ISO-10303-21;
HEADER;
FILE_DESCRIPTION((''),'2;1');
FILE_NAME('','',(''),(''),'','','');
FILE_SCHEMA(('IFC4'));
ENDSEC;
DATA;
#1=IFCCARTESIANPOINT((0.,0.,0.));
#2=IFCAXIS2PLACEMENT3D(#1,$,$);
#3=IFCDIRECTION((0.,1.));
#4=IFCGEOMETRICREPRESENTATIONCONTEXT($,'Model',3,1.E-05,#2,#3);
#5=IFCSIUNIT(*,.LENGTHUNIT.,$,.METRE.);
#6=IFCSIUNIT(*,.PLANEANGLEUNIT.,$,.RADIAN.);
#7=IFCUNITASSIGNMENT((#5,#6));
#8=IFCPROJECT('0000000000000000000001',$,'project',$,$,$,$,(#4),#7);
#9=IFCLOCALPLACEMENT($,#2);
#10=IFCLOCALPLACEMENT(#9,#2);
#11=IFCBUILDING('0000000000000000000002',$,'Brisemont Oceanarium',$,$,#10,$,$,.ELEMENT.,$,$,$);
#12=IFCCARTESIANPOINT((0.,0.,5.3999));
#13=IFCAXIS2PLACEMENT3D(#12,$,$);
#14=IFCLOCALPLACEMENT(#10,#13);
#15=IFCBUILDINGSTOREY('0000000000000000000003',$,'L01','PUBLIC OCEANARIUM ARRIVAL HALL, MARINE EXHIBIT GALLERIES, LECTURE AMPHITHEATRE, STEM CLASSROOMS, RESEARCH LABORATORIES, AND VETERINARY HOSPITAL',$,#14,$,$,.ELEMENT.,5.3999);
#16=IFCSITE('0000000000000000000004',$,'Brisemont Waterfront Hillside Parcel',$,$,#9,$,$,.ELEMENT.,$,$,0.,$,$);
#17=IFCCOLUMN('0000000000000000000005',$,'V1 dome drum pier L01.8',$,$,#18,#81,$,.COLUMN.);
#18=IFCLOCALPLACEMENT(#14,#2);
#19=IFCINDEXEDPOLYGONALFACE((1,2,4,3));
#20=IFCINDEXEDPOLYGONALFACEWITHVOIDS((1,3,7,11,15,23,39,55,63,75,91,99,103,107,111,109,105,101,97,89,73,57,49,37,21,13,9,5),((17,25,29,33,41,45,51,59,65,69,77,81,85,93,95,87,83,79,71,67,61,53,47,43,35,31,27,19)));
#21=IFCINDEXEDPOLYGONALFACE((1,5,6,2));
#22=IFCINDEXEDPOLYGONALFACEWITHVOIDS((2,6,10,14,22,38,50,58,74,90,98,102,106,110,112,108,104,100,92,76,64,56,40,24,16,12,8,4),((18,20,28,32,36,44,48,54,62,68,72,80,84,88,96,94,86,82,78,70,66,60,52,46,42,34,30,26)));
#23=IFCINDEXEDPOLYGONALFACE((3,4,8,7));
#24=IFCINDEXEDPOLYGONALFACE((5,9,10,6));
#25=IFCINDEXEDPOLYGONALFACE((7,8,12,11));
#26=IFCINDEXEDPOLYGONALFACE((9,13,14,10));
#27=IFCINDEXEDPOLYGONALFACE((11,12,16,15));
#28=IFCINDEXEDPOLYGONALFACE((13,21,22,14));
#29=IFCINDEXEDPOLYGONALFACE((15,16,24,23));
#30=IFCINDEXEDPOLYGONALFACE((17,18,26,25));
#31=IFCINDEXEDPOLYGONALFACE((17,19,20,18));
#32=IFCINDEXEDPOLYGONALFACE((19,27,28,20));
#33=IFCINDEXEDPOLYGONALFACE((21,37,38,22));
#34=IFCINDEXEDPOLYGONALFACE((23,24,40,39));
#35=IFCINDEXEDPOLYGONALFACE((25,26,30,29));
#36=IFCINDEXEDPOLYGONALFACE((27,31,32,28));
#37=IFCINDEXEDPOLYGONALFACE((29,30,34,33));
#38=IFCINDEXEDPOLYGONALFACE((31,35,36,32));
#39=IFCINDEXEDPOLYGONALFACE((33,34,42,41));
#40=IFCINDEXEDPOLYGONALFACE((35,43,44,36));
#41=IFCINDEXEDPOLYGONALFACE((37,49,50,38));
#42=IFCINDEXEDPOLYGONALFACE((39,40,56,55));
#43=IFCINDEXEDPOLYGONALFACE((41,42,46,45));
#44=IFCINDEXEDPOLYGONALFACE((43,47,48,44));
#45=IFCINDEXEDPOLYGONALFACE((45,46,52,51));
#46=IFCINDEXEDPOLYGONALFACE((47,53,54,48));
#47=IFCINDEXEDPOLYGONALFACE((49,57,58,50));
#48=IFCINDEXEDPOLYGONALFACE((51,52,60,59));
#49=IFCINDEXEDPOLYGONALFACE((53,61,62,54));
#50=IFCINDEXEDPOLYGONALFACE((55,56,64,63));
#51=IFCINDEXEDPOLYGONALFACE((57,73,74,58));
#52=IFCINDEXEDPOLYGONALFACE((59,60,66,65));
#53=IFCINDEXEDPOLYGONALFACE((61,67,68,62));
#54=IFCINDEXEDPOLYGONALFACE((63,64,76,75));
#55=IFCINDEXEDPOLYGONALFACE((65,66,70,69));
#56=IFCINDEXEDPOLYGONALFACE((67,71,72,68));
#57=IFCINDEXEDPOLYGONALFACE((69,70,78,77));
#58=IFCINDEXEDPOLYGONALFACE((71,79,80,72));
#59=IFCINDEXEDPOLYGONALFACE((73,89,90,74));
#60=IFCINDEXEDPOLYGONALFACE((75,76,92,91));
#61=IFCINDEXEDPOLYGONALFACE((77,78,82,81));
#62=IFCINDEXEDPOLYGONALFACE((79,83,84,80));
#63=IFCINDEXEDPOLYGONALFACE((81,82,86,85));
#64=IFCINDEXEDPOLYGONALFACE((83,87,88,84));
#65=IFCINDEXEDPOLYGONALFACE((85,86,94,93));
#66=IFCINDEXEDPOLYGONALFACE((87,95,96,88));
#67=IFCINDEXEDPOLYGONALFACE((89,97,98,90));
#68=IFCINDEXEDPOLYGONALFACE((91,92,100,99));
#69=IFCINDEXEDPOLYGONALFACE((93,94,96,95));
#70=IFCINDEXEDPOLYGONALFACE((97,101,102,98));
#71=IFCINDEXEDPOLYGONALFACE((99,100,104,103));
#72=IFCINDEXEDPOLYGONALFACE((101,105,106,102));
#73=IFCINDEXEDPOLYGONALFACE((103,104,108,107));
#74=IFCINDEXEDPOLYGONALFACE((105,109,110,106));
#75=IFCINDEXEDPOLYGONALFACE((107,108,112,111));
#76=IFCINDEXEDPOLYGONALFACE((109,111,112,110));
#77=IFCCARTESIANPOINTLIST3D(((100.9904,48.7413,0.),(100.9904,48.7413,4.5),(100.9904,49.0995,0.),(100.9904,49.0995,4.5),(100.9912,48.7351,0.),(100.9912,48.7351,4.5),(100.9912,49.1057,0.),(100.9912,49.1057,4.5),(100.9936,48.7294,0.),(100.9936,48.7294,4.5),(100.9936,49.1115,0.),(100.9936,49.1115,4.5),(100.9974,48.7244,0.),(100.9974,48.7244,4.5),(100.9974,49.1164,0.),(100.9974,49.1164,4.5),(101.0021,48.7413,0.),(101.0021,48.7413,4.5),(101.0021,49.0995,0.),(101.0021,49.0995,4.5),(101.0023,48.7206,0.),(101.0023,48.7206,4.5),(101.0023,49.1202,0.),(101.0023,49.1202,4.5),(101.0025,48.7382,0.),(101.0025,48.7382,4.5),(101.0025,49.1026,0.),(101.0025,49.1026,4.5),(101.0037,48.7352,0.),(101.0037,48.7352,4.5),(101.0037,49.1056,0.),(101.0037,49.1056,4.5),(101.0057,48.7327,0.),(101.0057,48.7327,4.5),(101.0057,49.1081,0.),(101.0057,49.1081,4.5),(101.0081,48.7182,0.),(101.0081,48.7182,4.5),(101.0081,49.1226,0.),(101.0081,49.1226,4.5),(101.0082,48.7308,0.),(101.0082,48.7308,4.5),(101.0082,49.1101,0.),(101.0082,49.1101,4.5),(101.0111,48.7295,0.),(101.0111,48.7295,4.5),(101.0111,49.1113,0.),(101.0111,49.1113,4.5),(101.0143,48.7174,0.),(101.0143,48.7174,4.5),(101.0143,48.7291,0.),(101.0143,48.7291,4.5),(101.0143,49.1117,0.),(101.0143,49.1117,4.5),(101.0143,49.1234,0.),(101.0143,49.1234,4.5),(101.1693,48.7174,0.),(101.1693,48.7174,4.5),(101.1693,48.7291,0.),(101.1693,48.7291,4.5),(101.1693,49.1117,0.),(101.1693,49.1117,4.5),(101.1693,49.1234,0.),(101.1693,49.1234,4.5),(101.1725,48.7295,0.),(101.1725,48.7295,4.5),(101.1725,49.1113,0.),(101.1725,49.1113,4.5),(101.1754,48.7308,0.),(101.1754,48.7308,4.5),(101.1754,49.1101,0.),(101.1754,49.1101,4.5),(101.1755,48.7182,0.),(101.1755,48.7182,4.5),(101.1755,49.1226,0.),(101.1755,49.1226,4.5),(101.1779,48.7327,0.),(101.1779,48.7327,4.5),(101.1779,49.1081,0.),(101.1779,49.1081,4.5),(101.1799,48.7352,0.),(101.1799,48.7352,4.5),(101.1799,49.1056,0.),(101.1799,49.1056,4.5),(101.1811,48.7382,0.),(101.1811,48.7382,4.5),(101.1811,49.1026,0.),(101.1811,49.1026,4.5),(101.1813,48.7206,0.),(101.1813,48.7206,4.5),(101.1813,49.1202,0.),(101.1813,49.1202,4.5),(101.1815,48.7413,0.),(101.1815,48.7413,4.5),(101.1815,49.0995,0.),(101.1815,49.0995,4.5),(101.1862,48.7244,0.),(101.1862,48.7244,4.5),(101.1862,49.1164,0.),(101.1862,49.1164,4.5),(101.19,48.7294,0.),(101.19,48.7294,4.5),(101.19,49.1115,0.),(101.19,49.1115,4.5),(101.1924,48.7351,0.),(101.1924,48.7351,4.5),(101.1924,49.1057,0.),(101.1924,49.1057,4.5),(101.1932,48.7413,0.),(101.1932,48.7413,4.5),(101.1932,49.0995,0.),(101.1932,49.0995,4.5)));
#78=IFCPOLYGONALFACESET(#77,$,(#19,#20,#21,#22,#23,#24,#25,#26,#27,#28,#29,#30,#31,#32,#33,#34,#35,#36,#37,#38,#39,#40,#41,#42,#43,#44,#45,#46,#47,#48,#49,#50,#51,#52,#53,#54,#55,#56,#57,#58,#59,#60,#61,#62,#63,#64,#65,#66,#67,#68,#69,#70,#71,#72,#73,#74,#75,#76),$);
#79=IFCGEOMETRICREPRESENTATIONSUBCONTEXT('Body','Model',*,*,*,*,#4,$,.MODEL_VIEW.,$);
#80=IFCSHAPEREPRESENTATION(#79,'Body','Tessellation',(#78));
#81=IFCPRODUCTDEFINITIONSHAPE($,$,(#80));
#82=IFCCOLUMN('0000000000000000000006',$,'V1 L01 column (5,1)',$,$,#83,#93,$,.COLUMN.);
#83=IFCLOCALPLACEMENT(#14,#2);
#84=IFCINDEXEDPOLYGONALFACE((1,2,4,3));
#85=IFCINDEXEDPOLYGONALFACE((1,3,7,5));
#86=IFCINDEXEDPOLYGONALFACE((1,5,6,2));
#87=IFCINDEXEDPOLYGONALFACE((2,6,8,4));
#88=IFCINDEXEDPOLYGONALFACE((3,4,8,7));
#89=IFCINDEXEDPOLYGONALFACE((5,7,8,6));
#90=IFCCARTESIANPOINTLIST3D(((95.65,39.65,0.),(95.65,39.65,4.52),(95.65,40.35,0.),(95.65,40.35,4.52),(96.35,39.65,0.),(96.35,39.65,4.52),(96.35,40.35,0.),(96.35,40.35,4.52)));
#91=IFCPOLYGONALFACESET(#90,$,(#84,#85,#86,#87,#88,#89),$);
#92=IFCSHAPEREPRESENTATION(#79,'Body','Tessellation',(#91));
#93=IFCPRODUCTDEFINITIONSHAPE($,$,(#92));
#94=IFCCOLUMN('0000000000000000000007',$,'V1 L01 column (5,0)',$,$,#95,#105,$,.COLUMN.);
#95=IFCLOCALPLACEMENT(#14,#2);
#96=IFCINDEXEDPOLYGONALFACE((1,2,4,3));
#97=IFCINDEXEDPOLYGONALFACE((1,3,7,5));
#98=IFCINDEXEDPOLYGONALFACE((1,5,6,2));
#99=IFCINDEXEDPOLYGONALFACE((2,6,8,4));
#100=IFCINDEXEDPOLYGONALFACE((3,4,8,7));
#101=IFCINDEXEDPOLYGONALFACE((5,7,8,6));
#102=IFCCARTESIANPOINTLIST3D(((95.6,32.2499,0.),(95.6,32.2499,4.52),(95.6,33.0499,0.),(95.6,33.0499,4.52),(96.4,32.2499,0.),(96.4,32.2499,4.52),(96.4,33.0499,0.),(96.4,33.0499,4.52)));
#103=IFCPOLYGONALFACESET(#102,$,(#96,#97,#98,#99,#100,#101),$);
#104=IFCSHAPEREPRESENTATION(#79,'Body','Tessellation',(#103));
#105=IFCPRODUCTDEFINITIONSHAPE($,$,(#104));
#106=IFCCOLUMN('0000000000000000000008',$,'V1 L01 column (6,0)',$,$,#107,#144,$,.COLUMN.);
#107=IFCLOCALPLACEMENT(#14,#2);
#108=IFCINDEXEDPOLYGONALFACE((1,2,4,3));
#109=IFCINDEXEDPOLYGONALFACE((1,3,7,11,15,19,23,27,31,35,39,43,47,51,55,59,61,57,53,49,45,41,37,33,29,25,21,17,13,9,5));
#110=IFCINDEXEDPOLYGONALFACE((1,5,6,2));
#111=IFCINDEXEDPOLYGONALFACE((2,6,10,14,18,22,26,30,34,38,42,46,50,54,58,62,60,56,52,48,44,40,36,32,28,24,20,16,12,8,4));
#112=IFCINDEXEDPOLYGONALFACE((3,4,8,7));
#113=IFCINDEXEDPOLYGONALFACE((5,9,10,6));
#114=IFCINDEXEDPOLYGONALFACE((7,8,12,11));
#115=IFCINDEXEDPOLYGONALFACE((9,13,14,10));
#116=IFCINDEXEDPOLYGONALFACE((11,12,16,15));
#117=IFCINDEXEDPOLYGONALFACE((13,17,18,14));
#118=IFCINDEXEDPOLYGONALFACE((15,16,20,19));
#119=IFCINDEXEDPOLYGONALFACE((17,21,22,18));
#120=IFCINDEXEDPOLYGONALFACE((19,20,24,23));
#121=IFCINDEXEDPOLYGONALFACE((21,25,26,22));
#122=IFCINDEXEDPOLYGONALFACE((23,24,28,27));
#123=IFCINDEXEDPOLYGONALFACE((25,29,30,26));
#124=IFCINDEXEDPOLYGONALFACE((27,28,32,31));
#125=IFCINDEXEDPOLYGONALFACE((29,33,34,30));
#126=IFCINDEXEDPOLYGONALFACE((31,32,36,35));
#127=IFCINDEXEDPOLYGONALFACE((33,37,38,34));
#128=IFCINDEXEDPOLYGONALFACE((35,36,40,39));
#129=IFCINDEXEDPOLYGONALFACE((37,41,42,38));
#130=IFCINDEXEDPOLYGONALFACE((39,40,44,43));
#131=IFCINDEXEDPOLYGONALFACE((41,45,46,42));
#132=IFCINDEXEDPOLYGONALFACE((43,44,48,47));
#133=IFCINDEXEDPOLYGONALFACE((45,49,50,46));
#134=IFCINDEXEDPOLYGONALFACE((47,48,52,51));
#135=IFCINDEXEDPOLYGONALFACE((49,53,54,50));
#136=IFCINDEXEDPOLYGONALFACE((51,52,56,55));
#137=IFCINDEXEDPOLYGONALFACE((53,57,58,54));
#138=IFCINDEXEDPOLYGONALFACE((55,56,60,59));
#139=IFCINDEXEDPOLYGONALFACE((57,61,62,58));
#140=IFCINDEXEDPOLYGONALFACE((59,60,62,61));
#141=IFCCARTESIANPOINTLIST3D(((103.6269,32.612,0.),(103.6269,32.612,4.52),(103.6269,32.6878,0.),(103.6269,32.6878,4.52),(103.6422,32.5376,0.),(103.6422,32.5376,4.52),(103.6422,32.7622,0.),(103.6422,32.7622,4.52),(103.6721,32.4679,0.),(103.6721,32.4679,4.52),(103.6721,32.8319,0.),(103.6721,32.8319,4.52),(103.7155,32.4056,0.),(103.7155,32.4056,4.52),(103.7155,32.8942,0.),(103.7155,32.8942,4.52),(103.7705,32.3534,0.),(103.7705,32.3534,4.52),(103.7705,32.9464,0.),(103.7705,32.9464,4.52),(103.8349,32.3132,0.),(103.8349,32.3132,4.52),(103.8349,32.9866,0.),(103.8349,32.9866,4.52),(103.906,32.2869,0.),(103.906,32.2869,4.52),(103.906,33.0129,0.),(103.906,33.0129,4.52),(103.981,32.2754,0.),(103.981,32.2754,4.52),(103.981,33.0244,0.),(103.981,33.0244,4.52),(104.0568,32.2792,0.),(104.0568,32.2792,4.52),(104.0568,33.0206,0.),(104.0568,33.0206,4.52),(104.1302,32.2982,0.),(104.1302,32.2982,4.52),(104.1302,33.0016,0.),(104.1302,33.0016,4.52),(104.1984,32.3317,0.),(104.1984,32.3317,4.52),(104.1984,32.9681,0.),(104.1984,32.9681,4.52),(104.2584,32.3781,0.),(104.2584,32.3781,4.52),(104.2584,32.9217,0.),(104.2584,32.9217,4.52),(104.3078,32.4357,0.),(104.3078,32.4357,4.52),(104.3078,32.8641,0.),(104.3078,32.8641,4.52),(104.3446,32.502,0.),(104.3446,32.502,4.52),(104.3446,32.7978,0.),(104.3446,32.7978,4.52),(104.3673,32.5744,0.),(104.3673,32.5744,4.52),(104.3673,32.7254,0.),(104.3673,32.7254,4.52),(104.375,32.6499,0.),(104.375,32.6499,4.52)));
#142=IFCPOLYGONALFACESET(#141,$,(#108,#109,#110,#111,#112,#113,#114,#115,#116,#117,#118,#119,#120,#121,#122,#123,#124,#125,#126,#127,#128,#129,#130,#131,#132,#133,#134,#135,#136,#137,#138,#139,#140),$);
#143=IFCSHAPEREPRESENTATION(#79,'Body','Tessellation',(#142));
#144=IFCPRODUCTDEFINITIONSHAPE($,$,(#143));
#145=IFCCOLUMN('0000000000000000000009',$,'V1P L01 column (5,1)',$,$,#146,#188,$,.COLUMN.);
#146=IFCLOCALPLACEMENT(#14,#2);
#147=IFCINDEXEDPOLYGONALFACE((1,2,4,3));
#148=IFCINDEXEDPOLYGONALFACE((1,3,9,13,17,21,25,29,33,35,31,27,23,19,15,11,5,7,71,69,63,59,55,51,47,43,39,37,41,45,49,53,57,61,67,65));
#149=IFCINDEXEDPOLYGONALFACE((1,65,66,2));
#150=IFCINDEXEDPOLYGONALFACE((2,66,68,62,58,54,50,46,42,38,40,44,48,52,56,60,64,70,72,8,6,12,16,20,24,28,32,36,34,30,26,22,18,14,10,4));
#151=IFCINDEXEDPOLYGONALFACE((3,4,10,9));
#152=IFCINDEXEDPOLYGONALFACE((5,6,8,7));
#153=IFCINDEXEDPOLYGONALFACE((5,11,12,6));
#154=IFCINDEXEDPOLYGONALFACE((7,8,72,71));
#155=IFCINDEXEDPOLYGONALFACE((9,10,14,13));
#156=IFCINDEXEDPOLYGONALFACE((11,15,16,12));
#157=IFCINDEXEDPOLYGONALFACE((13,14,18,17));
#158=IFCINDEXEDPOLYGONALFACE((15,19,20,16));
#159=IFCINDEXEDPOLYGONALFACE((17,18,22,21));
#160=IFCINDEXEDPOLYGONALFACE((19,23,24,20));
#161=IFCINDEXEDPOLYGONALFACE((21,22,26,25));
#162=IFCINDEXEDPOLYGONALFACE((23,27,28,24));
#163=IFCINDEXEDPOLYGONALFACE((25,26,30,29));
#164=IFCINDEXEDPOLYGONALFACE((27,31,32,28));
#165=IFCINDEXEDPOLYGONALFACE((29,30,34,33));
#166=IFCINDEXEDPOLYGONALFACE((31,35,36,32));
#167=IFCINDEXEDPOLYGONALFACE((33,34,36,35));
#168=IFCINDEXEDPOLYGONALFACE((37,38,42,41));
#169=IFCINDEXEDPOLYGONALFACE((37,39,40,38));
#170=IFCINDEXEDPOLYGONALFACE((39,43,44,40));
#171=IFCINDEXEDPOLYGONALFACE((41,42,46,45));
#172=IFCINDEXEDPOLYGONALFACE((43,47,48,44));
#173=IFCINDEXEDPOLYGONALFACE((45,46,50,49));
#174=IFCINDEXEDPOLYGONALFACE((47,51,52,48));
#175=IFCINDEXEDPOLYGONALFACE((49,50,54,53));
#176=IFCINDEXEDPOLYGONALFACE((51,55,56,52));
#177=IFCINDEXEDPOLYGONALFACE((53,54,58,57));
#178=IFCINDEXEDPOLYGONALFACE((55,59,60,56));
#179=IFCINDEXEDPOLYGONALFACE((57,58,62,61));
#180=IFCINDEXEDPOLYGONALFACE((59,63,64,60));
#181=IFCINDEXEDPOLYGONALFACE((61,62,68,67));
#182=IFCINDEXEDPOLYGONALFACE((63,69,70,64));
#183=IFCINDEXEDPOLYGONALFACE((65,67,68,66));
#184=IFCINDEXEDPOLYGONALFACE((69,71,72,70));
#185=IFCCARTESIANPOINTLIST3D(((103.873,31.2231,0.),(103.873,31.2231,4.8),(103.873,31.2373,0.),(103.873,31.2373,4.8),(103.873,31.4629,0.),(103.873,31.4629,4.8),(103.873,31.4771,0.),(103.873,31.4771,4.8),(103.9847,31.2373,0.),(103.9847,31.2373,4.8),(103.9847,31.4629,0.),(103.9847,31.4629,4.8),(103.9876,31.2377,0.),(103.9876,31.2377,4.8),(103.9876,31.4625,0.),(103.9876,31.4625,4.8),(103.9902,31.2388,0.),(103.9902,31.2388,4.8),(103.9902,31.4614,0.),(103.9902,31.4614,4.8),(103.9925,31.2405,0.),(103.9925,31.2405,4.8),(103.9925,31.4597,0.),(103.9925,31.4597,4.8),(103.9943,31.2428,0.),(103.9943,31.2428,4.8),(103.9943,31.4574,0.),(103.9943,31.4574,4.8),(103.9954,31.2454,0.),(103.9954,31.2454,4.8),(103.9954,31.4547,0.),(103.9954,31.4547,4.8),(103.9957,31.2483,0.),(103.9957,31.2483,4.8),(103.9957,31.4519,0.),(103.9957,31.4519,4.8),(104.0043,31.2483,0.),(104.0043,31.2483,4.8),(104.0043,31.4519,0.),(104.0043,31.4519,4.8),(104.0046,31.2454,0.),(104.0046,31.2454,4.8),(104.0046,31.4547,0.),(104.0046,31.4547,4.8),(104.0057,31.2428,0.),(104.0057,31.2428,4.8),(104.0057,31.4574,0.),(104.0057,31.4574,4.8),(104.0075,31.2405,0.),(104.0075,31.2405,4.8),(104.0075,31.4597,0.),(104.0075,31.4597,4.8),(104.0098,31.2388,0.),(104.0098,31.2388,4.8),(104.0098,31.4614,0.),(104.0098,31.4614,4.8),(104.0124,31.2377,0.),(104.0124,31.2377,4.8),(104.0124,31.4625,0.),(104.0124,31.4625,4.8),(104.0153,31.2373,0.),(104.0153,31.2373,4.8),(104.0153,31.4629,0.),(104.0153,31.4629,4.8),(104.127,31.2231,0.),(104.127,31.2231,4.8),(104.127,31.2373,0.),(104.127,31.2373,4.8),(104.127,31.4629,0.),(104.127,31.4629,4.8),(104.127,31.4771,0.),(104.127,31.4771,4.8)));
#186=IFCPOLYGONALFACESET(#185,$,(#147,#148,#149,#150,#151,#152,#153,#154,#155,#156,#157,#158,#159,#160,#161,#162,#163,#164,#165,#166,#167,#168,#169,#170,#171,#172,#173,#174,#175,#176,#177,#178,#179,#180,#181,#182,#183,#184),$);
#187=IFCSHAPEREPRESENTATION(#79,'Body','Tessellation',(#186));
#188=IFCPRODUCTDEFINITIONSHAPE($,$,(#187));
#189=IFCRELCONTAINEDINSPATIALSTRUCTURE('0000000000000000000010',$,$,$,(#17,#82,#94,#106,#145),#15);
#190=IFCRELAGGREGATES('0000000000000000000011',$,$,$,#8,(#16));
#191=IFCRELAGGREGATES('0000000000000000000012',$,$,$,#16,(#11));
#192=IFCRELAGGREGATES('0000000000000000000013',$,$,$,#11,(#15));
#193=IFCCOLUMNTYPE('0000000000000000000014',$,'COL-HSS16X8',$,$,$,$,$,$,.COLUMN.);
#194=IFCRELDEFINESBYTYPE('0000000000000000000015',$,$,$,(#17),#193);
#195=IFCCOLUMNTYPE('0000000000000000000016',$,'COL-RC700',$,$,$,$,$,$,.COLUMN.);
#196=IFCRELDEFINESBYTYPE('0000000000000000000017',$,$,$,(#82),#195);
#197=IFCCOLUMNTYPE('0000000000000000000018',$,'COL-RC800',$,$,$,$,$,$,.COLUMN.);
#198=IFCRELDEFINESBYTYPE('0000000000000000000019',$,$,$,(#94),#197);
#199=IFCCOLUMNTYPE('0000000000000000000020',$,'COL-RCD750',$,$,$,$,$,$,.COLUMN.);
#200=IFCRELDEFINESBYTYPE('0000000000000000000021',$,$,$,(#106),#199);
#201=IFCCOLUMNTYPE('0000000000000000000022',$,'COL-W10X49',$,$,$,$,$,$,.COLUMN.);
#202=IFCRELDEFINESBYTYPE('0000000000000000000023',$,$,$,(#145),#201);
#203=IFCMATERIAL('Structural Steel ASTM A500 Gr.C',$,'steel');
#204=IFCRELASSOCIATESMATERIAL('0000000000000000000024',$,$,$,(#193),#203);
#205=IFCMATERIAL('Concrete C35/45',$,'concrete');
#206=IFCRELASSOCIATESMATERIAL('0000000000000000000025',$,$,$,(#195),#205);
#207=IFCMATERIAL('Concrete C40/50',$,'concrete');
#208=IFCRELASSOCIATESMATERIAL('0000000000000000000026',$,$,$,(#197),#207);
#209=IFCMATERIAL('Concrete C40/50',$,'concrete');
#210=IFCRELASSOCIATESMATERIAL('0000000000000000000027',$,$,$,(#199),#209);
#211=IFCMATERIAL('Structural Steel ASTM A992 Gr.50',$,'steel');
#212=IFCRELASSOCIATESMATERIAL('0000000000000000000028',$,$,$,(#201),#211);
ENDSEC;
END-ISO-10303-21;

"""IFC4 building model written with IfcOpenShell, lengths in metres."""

from ifc_helpers import new_model, si_unit, direction, frame, origin, origin_2d, place, context, subcontext, project, spatial, rectangle, hollow_rectangle, circle, i_section, extrude, material, material_profile, profile_set, type_object, element, save


model = new_model("IFC4")

# Units and contexts
model_context = context("Model", 3, precision=1e-05, world=origin(), true_north=direction((0.0, 1.0)))
body_context = subcontext(model_context, "Body", "Model", "MODEL_VIEW")
ifc_project = project(units=[si_unit("LENGTHUNIT", "METRE"), si_unit("PLANEANGLEUNIT", "RADIAN")], contexts=[model_context])

# Site, building, storey
site_placement = place(None, origin())
site = spatial("IfcSite", under=ifc_project, at=site_placement, Name="Brisemont Waterfront Hillside Parcel", CompositionType="ELEMENT", RefElevation=0.0)
building_placement = place(site_placement, origin())
building = spatial("IfcBuilding", under=site, at=building_placement, Name="Brisemont Oceanarium", CompositionType="ELEMENT")
storey_placement = place(building_placement, frame((0.0, 0.0, 5.3999)))
storey = spatial("IfcBuildingStorey", under=building, at=storey_placement, Name="L01", Description="PUBLIC OCEANARIUM ARRIVAL HALL, MARINE EXHIBIT GALLERIES, LECTURE AMPHITHEATRE, STEM CLASSROOMS, RESEARCH LABORATORIES, AND VETERINARY HOSPITAL", CompositionType="ELEMENT", Elevation=5.3999)

# Columns
ifc_material_1 = material(Name="Structural Steel ASTM A500 Gr.C", Category="steel")
ifc_material_profile_1 = material_profile(ifc_material_1, hollow_rectangle(XDim=0.2029, YDim=0.406, WallThickness=0.0117, InnerFilletRadius=0.0122, OuterFilletRadius=0.0239, at=origin_2d()), Name="HSS16X8X1/2")
ifc_profile_set_1 = profile_set([ifc_material_profile_1], Name="Structural Steel ASTM A500 Gr.C")
column_type_1 = type_object("IfcColumnType", Name="COL-HSS16X8", PredefinedType="COLUMN", material=ifc_profile_set_1)
for number, where, z_axis, x_axis, name in (
    (1, (101.0918, 48.9204, 0.0), (0.0, 0.0, 1.0), (1.0, 0.0, 0.0), "V1 dome drum pier L01.8"),
):
    element("IfcColumn", number, at=place(storey_placement, frame(where, z_axis=z_axis, x_axis=x_axis)), inside=storey, type_object=column_type_1, Name=name, PredefinedType="COLUMN", context=body_context, shape_type="SweptSolid", body=[
        extrude(hollow_rectangle(XDim=0.2029, YDim=0.406, WallThickness=0.0117, InnerFilletRadius=0.0122, OuterFilletRadius=0.0239, at=origin_2d()), origin(), (0.0, 0.0, 1.0), 4.5),
    ])
ifc_material_2 = material(Name="Concrete C35/45", Category="concrete")
ifc_material_profile_2 = material_profile(ifc_material_2, rectangle(XDim=0.7, YDim=0.7, at=origin_2d()), Name="RC-COL-700X700")
ifc_profile_set_2 = profile_set([ifc_material_profile_2], Name="Concrete C35/45")
column_type_2 = type_object("IfcColumnType", Name="COL-RC700", PredefinedType="COLUMN", material=ifc_profile_set_2)
column_1_placement = place(storey_placement, frame((96.0, 40.0, 0.0), z_axis=(0.0, 0.0, 1.0), x_axis=(1.0, 0.0, 0.0)))
element("IfcColumn", 2, at=column_1_placement, inside=storey, type_object=column_type_2, Name="V1 L01 column (5,1)", PredefinedType="COLUMN", context=body_context, shape_type="SweptSolid", body=[
    extrude(rectangle(XDim=0.7, YDim=0.7, at=origin_2d()), origin(), (0.0, 0.0, 1.0), 4.52),
])
ifc_material_3 = material(Name="Concrete C40/50", Category="concrete")
ifc_material_profile_3 = material_profile(ifc_material_3, rectangle(XDim=0.8, YDim=0.8, at=origin_2d()), Name="RC-COL-800X800")
ifc_profile_set_3 = profile_set([ifc_material_profile_3], Name="Concrete C40/50")
column_type_3 = type_object("IfcColumnType", Name="COL-RC800", PredefinedType="COLUMN", material=ifc_profile_set_3)
column_2_placement = place(storey_placement, frame((96.0, 32.6499, 0.0), z_axis=(0.0, 0.0, 1.0), x_axis=(0.0, 1.0, 0.0)))
element("IfcColumn", 3, at=column_2_placement, inside=storey, type_object=column_type_3, Name="V1 L01 column (5,0)", PredefinedType="COLUMN", context=body_context, shape_type="SweptSolid", body=[
    extrude(rectangle(XDim=0.8, YDim=0.8, at=origin_2d()), origin(), (0.0, 0.0, 1.0), 4.52),
])
ifc_material_4 = material(Name="Concrete C40/50", Category="concrete")
ifc_material_profile_4 = material_profile(ifc_material_4, circle(Radius=0.375, at=origin_2d()), Name="RC-COL-D750")
ifc_profile_set_4 = profile_set([ifc_material_profile_4], Name="Concrete C40/50")
column_type_4 = type_object("IfcColumnType", Name="COL-RCD750", PredefinedType="COLUMN", material=ifc_profile_set_4)
column_3_placement = place(storey_placement, frame((104.0, 32.6499, 0.0), z_axis=(0.0, 0.0, 1.0), x_axis=(1.0, 0.0, 0.0)))
element("IfcColumn", 4, at=column_3_placement, inside=storey, type_object=column_type_4, Name="V1 L01 column (6,0)", PredefinedType="COLUMN", context=body_context, shape_type="SweptSolid", body=[
    extrude(circle(Radius=0.375, at=origin_2d()), origin(), (0.0, 0.0, 1.0), 4.52),
])
ifc_material_5 = material(Name="Structural Steel ASTM A992 Gr.50", Category="steel")
ifc_material_profile_5 = material_profile(ifc_material_5, i_section(OverallWidth=0.2539, OverallDepth=0.2539, WebThickness=0.0085, FlangeThickness=0.0142, FilletRadius=0.011, at=origin_2d()), Name="W10X49")
ifc_profile_set_5 = profile_set([ifc_material_profile_5], Name="Structural Steel ASTM A992 Gr.50")
column_type_5 = type_object("IfcColumnType", Name="COL-W10X49", PredefinedType="COLUMN", material=ifc_profile_set_5)
column_4_placement = place(storey_placement, frame((104.0, 31.3501, 0.0), z_axis=(0.0, 0.0, 1.0), x_axis=(1.0, 0.0, 0.0)))
element("IfcColumn", 5, at=column_4_placement, inside=storey, type_object=column_type_5, Name="V1P L01 column (5,1)", PredefinedType="COLUMN", context=body_context, shape_type="SweptSolid", body=[
    extrude(i_section(OverallWidth=0.2539, OverallDepth=0.2539, WebThickness=0.0085, FlangeThickness=0.0142, FilletRadius=0.011, at=origin_2d()), origin(), (0.0, 0.0, 1.0), 4.8),
])

save(model, "model.ifc")
